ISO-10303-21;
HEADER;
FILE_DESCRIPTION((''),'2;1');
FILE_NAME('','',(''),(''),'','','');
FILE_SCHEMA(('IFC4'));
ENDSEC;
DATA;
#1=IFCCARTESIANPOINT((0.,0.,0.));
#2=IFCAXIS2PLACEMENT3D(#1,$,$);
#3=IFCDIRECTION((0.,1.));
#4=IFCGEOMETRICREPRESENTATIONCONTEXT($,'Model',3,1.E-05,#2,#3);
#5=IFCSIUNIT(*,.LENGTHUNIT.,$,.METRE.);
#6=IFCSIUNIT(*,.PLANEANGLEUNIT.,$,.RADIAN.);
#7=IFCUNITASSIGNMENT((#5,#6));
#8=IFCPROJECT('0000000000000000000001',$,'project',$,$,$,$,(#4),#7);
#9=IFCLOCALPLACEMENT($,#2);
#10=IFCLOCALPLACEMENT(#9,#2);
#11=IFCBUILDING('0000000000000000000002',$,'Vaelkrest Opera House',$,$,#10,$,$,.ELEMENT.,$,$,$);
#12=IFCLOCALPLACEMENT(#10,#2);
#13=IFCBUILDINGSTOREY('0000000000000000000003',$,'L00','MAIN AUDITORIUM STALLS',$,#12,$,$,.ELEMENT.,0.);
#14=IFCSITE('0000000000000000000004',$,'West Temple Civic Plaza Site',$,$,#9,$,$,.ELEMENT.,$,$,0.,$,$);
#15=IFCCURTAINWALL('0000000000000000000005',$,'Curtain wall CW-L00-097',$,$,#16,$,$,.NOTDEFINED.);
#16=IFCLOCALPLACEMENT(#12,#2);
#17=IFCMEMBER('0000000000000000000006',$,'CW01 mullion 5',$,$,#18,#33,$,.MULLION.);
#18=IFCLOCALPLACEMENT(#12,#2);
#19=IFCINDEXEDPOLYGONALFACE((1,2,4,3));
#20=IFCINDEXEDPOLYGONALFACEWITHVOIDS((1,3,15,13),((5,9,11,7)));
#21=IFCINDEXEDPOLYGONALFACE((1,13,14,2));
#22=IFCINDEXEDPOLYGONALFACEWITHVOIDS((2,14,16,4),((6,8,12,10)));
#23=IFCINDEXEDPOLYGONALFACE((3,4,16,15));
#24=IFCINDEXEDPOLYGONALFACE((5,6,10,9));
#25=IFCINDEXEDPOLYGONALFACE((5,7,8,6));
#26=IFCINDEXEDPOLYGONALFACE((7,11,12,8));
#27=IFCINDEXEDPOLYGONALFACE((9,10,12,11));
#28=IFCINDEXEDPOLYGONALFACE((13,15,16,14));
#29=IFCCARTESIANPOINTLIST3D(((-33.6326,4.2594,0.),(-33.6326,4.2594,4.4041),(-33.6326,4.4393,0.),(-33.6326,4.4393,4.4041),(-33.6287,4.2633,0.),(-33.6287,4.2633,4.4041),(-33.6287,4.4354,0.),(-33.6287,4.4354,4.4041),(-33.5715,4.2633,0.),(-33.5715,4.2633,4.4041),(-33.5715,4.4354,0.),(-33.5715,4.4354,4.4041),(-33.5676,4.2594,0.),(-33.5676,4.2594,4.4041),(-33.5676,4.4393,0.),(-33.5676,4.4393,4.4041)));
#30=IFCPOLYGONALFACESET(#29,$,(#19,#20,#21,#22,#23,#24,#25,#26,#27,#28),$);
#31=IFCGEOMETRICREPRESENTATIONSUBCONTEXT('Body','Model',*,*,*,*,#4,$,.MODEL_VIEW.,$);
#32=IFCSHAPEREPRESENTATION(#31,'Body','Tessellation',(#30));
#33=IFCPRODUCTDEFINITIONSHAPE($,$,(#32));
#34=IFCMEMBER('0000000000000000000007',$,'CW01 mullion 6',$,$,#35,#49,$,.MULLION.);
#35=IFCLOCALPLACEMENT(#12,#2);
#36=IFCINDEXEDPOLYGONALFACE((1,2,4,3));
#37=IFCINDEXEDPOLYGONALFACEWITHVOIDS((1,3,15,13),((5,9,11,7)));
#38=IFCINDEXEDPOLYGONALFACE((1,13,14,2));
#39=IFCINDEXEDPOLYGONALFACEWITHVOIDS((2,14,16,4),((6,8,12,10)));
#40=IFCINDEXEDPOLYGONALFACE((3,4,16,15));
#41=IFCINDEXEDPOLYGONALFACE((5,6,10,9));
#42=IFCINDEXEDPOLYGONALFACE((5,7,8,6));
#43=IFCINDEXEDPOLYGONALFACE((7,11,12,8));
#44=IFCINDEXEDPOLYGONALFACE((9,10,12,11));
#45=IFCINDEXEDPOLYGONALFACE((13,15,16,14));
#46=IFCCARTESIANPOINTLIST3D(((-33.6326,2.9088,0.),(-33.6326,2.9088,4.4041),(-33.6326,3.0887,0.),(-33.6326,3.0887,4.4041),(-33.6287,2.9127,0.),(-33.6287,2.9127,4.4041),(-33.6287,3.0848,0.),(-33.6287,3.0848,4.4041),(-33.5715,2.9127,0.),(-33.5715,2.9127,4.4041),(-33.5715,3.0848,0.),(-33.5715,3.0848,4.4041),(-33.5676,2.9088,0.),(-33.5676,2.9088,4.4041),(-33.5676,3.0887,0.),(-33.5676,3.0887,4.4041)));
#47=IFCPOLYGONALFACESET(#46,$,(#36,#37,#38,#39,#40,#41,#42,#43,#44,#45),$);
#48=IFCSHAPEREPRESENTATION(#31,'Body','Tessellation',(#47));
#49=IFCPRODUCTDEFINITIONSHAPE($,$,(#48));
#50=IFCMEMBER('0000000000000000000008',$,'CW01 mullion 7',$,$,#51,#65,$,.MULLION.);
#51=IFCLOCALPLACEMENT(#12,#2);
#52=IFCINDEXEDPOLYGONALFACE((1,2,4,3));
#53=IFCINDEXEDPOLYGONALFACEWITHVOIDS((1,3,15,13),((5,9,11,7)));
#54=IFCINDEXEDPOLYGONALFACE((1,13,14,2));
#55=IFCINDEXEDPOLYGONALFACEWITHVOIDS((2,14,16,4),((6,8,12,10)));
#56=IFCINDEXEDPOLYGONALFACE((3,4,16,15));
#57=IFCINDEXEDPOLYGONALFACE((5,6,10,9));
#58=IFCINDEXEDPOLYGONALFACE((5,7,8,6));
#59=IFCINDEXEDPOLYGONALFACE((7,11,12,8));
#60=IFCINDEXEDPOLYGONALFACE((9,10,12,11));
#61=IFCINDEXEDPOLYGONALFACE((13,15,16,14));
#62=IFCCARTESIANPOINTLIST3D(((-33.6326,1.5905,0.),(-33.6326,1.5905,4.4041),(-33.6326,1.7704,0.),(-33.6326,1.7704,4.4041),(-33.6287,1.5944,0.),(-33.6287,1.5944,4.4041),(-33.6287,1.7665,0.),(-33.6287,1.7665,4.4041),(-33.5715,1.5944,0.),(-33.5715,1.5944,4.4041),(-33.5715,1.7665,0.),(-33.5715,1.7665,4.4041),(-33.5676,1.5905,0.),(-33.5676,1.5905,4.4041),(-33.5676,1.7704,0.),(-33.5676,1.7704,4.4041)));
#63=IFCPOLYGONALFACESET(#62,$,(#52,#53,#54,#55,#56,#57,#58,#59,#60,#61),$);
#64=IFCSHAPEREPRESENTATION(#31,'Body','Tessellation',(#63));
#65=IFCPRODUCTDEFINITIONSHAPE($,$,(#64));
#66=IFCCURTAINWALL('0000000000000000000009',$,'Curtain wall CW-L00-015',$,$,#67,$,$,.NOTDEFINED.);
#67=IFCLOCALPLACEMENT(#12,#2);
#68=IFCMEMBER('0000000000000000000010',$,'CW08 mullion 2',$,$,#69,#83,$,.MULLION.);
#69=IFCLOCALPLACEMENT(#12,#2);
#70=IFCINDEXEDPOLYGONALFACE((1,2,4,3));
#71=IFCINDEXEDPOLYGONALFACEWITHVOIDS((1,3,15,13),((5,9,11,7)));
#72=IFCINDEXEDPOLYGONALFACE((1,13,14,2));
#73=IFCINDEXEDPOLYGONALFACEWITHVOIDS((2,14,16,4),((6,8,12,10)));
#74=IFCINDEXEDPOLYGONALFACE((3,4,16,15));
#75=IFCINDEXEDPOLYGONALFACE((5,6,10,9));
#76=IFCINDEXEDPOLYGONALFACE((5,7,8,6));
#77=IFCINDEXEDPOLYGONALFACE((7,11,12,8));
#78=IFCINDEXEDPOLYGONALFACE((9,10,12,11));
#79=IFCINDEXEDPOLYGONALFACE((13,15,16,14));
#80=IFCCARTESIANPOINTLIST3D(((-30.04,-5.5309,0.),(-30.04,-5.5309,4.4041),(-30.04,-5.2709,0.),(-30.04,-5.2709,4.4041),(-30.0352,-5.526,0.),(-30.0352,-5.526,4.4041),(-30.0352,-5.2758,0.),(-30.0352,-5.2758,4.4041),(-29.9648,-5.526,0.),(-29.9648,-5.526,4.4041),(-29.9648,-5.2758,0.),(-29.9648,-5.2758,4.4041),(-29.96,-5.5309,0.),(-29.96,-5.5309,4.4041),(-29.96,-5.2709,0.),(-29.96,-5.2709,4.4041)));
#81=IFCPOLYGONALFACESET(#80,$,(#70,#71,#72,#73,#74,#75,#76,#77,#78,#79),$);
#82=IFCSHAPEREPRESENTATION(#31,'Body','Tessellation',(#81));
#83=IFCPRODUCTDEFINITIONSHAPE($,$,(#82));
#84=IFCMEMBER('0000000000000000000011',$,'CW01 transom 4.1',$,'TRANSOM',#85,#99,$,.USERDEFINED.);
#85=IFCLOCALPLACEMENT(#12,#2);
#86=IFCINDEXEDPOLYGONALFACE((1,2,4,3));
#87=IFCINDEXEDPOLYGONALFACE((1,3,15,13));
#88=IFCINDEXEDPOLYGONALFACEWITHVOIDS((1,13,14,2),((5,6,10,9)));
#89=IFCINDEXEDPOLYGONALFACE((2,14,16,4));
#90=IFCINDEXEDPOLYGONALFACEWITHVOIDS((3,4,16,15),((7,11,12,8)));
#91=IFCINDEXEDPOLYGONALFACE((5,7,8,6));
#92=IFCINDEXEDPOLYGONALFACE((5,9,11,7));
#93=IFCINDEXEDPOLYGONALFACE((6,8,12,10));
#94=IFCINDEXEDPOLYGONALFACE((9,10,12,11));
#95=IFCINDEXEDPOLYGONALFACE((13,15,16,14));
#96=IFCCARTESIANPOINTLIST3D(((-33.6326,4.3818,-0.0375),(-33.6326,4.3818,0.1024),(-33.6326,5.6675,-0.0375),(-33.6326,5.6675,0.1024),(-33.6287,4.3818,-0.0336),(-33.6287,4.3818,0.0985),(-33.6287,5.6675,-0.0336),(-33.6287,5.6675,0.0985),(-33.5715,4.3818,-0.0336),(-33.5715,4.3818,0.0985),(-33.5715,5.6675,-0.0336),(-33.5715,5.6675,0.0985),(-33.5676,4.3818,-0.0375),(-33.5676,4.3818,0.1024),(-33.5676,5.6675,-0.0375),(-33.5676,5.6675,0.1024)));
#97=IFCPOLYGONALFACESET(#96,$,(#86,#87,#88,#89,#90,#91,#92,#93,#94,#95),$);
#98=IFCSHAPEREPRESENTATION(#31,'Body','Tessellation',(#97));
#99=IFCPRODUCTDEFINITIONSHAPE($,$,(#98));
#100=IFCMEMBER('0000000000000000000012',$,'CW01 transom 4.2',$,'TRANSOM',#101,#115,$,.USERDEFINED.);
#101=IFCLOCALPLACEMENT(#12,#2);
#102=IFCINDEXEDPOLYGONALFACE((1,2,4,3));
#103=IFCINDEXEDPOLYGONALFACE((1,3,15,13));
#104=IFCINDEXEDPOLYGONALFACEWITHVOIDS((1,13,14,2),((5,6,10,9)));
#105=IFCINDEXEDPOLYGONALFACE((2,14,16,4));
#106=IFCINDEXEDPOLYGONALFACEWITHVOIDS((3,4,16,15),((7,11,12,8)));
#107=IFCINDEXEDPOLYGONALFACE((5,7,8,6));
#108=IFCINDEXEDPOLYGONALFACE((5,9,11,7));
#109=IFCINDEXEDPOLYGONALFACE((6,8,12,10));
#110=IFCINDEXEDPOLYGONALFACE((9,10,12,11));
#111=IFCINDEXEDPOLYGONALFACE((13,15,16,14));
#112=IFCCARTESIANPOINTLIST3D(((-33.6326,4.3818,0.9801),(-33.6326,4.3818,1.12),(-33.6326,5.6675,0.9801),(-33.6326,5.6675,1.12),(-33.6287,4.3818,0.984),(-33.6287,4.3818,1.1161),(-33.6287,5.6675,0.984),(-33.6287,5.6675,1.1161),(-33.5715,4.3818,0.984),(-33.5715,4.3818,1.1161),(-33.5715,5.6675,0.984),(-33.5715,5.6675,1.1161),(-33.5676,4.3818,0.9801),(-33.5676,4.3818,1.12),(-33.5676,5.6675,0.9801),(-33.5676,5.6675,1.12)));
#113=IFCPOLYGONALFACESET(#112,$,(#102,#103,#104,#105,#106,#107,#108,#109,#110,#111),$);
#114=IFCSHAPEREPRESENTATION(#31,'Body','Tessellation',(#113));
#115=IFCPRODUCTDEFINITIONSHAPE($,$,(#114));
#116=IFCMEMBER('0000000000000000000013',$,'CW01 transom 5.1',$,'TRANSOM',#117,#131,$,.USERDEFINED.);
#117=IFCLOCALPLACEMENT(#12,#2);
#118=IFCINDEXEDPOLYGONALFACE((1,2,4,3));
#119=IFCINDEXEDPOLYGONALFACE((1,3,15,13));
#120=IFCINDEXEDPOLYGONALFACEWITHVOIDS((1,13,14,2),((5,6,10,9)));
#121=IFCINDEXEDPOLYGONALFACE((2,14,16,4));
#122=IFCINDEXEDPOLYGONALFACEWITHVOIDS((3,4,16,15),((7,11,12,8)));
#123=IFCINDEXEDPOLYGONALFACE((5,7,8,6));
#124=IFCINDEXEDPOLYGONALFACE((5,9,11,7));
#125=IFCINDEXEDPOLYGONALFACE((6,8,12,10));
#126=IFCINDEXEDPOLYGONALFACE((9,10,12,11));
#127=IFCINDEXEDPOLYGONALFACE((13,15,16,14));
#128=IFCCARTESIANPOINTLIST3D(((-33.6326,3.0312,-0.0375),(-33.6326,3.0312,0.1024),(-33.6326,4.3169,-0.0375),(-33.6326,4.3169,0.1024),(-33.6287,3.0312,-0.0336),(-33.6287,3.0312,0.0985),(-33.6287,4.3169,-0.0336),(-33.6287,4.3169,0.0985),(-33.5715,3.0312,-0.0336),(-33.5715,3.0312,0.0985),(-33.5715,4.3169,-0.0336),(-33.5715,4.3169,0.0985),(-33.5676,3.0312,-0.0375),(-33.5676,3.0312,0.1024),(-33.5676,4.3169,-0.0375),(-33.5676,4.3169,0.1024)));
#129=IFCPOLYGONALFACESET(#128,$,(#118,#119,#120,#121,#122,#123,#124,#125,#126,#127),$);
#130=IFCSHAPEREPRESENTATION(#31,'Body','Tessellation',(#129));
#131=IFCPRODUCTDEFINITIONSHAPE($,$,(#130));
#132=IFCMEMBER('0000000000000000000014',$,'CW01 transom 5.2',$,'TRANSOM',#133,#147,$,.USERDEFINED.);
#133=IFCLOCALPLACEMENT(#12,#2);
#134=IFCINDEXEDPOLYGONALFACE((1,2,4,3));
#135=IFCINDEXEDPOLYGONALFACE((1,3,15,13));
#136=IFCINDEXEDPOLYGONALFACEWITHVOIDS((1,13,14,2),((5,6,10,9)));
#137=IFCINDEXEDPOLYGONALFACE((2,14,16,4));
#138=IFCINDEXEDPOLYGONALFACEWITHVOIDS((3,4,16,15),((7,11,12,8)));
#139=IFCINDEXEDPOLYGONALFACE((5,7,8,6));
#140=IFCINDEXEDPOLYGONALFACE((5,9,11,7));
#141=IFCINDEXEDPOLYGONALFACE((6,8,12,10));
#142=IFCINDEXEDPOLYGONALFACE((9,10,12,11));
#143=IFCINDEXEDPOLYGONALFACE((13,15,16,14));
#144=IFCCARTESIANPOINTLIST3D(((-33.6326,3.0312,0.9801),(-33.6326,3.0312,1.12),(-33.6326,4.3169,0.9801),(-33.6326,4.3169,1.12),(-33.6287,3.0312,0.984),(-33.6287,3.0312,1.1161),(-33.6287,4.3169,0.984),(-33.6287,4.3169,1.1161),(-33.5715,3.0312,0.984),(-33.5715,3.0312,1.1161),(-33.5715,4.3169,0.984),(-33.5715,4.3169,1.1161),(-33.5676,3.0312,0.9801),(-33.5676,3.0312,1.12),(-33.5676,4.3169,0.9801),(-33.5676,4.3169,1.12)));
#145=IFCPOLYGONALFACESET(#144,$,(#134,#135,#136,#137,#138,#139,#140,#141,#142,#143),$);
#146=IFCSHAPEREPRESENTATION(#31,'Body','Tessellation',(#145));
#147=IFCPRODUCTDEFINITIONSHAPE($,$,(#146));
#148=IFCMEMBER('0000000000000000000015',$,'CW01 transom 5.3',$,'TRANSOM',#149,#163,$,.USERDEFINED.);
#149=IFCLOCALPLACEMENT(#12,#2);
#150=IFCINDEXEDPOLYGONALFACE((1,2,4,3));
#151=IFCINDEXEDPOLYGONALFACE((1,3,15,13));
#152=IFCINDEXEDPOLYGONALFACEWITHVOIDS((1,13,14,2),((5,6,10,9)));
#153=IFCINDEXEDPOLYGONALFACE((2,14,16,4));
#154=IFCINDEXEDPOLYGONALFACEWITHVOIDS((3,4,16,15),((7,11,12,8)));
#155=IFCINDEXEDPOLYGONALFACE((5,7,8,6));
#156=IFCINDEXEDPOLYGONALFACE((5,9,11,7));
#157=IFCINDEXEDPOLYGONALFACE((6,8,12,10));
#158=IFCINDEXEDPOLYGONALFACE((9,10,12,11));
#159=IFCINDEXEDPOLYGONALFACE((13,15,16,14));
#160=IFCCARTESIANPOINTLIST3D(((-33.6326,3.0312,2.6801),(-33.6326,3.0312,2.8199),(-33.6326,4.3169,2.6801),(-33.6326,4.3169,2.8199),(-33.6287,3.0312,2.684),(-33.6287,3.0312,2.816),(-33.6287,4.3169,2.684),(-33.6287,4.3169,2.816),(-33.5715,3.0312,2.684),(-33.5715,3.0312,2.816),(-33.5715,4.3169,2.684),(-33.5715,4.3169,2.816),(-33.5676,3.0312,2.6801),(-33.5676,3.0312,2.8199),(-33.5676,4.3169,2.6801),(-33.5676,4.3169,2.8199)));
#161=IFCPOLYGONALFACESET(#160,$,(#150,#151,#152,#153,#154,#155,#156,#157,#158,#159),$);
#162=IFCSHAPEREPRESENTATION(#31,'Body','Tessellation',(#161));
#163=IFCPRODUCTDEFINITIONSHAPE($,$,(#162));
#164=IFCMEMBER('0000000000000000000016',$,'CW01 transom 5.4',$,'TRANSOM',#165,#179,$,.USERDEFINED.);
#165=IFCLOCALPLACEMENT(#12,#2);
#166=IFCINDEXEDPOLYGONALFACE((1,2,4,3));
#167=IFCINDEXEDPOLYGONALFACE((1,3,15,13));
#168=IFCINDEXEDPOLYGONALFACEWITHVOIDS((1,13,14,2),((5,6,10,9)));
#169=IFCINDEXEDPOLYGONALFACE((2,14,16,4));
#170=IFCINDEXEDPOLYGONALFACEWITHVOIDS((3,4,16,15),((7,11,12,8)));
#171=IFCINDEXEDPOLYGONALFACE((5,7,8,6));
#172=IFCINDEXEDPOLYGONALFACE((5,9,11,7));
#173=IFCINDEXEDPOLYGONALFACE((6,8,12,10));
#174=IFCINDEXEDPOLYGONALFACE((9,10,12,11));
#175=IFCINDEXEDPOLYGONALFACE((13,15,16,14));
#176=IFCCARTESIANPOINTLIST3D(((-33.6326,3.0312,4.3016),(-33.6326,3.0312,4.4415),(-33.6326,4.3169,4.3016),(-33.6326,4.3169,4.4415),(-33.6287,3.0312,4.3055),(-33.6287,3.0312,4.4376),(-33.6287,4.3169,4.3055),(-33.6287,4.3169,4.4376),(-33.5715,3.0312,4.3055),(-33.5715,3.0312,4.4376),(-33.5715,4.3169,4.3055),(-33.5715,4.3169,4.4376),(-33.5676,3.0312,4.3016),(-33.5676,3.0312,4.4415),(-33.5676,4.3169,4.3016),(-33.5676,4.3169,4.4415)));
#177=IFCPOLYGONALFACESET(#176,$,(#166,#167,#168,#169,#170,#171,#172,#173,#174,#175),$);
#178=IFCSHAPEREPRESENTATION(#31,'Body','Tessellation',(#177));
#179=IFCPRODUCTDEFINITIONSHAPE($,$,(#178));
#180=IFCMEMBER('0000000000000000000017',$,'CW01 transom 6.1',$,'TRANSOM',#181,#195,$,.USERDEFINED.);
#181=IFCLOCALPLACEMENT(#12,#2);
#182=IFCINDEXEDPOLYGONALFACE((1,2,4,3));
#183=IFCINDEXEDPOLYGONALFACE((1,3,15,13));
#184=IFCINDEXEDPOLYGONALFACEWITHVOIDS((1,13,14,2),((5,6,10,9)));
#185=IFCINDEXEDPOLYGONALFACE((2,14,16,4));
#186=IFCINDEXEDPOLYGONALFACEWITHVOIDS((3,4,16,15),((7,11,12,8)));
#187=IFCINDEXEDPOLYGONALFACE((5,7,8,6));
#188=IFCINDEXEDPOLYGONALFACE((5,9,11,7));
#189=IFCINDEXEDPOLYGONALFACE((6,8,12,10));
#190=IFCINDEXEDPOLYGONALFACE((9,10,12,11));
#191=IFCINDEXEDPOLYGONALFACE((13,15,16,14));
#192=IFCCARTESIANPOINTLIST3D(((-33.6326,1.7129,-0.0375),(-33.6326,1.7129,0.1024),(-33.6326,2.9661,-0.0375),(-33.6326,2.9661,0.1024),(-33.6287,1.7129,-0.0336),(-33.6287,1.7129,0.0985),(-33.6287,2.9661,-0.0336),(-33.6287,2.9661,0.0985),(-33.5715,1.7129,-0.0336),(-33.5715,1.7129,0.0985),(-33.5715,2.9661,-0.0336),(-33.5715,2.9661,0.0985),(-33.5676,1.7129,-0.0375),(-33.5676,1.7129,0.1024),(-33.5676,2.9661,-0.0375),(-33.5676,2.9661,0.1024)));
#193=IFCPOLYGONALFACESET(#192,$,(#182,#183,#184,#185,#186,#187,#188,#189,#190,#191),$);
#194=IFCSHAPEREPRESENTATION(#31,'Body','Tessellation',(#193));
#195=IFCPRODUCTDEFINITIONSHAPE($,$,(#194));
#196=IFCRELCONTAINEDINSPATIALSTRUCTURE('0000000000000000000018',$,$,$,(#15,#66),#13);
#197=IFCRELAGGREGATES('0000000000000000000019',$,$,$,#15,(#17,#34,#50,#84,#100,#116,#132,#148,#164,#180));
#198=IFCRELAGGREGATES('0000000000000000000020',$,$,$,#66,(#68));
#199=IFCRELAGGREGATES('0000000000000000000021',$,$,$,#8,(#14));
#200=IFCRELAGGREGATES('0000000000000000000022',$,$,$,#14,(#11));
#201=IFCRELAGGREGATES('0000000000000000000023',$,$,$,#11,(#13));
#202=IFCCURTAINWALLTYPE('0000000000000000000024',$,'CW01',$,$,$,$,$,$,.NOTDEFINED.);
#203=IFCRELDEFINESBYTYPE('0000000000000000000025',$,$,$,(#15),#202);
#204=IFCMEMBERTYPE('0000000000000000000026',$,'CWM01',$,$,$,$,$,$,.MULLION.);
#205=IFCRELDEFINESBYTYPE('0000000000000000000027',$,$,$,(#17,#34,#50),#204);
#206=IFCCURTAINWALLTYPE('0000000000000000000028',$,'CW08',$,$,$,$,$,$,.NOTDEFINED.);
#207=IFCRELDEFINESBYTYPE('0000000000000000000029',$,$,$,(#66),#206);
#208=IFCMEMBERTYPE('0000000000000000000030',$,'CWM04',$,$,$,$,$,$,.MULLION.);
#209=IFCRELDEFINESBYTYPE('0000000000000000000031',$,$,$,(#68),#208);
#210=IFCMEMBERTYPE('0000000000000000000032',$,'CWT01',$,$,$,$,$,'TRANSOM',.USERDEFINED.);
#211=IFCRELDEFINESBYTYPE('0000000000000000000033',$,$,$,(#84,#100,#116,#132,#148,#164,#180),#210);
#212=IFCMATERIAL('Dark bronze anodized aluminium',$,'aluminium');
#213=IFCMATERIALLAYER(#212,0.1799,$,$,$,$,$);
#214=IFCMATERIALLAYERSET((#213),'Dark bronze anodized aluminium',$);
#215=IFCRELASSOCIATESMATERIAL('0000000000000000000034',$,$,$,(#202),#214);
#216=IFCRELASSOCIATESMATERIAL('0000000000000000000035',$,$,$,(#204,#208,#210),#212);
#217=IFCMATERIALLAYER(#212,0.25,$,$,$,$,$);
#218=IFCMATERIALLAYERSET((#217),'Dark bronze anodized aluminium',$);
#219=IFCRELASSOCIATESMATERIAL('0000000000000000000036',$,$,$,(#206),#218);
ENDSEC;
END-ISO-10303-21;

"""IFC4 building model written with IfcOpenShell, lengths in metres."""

from ifc_helpers import new_model, si_unit, direction, frame, origin, origin_2d, place, context, subcontext, project, spatial, hollow_rectangle, extrude, material, layer, layer_set, material_profile, profile_set, type_object, element, aggregate, save


model = new_model("IFC4")

# Units and contexts
model_context = context("Model", 3, precision=1e-05, world=origin(), true_north=direction((0.0, 1.0)))
body_context = subcontext(model_context, "Body", "Model", "MODEL_VIEW")
ifc_project = project(units=[si_unit("LENGTHUNIT", "METRE"), si_unit("PLANEANGLEUNIT", "RADIAN")], contexts=[model_context])

# Site, building, storey
site_placement = place(None, origin())
site = spatial("IfcSite", under=ifc_project, at=site_placement, Name="West Temple Civic Plaza Site", CompositionType="ELEMENT", RefElevation=0.0)
building_placement = place(site_placement, origin())
building = spatial("IfcBuilding", under=site, at=building_placement, Name="Vaelkrest Opera House", CompositionType="ELEMENT")
storey_placement = place(building_placement, origin())
storey = spatial("IfcBuildingStorey", under=building, at=storey_placement, Name="L00", Description="MAIN AUDITORIUM STALLS", CompositionType="ELEMENT", Elevation=0.0)

# Curtain wall, members
ifc_material_1 = material(Name="Dark bronze anodized aluminium", Category="aluminium")
ifc_layer_1 = layer(ifc_material_1, 0.1799)
ifc_layer_set_1 = layer_set([ifc_layer_1], Name="Dark bronze anodized aluminium")
curtain_wall_type_1 = type_object("IfcCurtainWallType", Name="CW01", PredefinedType="NOTDEFINED", material=ifc_layer_set_1)
curtain_wall_1_placement = place(storey_placement, origin())
curtain_wall_1 = element("IfcCurtainWall", 1, at=curtain_wall_1_placement, inside=storey, type_object=curtain_wall_type_1, Name="Curtain wall CW-L00-097", PredefinedType="NOTDEFINED")
ifc_material_profile_1 = material_profile(ifc_material_1, hollow_rectangle(XDim=0.0649, YDim=0.1799, WallThickness=0.0039, at=origin_2d()), Name="CWM65X180")
ifc_profile_set_1 = profile_set([ifc_material_profile_1], Name="Dark bronze anodized aluminium")
member_type_1 = type_object("IfcMemberType", Name="CWM01", PredefinedType="MULLION", material=ifc_profile_set_1)
member_1_placement = place(storey_placement, frame((-33.6001, 4.3494, 0.0), z_axis=(0.0, 0.0, 1.0), x_axis=(1.0, 0.0, 0.0)))
member_1 = element("IfcMember", 2, at=member_1_placement, type_object=member_type_1, Name="CW01 mullion 5", PredefinedType="MULLION", context=body_context, shape_type="SweptSolid", body=[
    extrude(hollow_rectangle(XDim=0.0649, YDim=0.1799, WallThickness=0.0039, at=origin_2d()), origin(), (0.0, 0.0, 1.0), 4.4041),
])
member_2_placement = place(storey_placement, frame((-33.6001, 2.9988, 0.0), z_axis=(0.0, 0.0, 1.0), x_axis=(1.0, 0.0, 0.0)))
member_2 = element("IfcMember", 3, at=member_2_placement, type_object=member_type_1, Name="CW01 mullion 6", PredefinedType="MULLION", context=body_context, shape_type="SweptSolid", body=[
    extrude(hollow_rectangle(XDim=0.0649, YDim=0.1799, WallThickness=0.0039, at=origin_2d()), origin(), (0.0, 0.0, 1.0), 4.4041),
])
member_3_placement = place(storey_placement, frame((-33.6001, 1.6804, 0.0), z_axis=(0.0, 0.0, 1.0), x_axis=(1.0, 0.0, 0.0)))
member_3 = element("IfcMember", 4, at=member_3_placement, type_object=member_type_1, Name="CW01 mullion 7", PredefinedType="MULLION", context=body_context, shape_type="SweptSolid", body=[
    extrude(hollow_rectangle(XDim=0.0649, YDim=0.1799, WallThickness=0.0039, at=origin_2d()), origin(), (0.0, 0.0, 1.0), 4.4041),
])

# Curtain wall, member
ifc_layer_2 = layer(ifc_material_1, 0.25)
ifc_layer_set_2 = layer_set([ifc_layer_2], Name="Dark bronze anodized aluminium")
curtain_wall_type_2 = type_object("IfcCurtainWallType", Name="CW08", PredefinedType="NOTDEFINED", material=ifc_layer_set_2)
curtain_wall_2_placement = place(storey_placement, origin())
curtain_wall_2 = element("IfcCurtainWall", 5, at=curtain_wall_2_placement, inside=storey, type_object=curtain_wall_type_2, Name="Curtain wall CW-L00-015", PredefinedType="NOTDEFINED")
ifc_material_profile_2 = material_profile(ifc_material_1, hollow_rectangle(XDim=0.0801, YDim=0.26, WallThickness=0.0049, at=origin_2d()), Name="CWM80X260")
ifc_profile_set_2 = profile_set([ifc_material_profile_2], Name="Dark bronze anodized aluminium")
member_type_2 = type_object("IfcMemberType", Name="CWM04", PredefinedType="MULLION", material=ifc_profile_set_2)
member_4_placement = place(storey_placement, frame((-30.0, -5.4009, 0.0), z_axis=(0.0, 0.0, 1.0), x_axis=(-1.0, 0.0, 0.0)))
member_4 = element("IfcMember", 6, at=member_4_placement, type_object=member_type_2, Name="CW08 mullion 2", PredefinedType="MULLION", context=body_context, shape_type="SweptSolid", body=[
    extrude(hollow_rectangle(XDim=0.0801, YDim=0.26, WallThickness=0.0049, at=origin_2d()), origin(), (0.0, 0.0, 1.0), 4.4041),
])

# Members
ifc_material_profile_3 = material_profile(ifc_material_1, hollow_rectangle(XDim=0.0649, YDim=0.1399, WallThickness=0.0039, at=origin_2d()), Name="CWT65X140")
ifc_profile_set_3 = profile_set([ifc_material_profile_3], Name="Dark bronze anodized aluminium")
member_type_3 = type_object("IfcMemberType", Name="CWT01", ElementType="TRANSOM", PredefinedType="USERDEFINED", material=ifc_profile_set_3)
member_5_placement = place(storey_placement, frame((-33.6001, 5.6675, 0.0325), z_axis=(0.0, -1.0, 0.0), x_axis=(1.0, 0.0, 0.0)))
member_5 = element("IfcMember", 7, at=member_5_placement, type_object=member_type_3, Name="CW01 transom 4.1", ObjectType="TRANSOM", PredefinedType="USERDEFINED", context=body_context, shape_type="SweptSolid", body=[
    extrude(hollow_rectangle(XDim=0.0649, YDim=0.1399, WallThickness=0.0039, at=origin_2d()), origin(), (0.0, 0.0, 1.0), 1.2856),
])
member_6_placement = place(storey_placement, frame((-33.6001, 5.6675, 1.05), z_axis=(0.0, -1.0, 0.0), x_axis=(1.0, 0.0, 0.0)))
member_6 = element("IfcMember", 8, at=member_6_placement, type_object=member_type_3, Name="CW01 transom 4.2", ObjectType="TRANSOM", PredefinedType="USERDEFINED", context=body_context, shape_type="SweptSolid", body=[
    extrude(hollow_rectangle(XDim=0.0649, YDim=0.1399, WallThickness=0.0039, at=origin_2d()), origin(), (0.0, 0.0, 1.0), 1.2856),
])
member_7_placement = place(storey_placement, frame((-33.6001, 4.3169, 0.0325), z_axis=(0.0, -1.0, 0.0), x_axis=(1.0, 0.0, 0.0)))
member_7 = element("IfcMember", 9, at=member_7_placement, type_object=member_type_3, Name="CW01 transom 5.1", ObjectType="TRANSOM", PredefinedType="USERDEFINED", context=body_context, shape_type="SweptSolid", body=[
    extrude(hollow_rectangle(XDim=0.0649, YDim=0.1399, WallThickness=0.0039, at=origin_2d()), origin(), (0.0, 0.0, 1.0), 1.2856),
])
member_8_placement = place(storey_placement, frame((-33.6001, 4.3169, 1.05), z_axis=(0.0, -1.0, 0.0), x_axis=(1.0, 0.0, 0.0)))
member_8 = element("IfcMember", 10, at=member_8_placement, type_object=member_type_3, Name="CW01 transom 5.2", ObjectType="TRANSOM", PredefinedType="USERDEFINED", context=body_context, shape_type="SweptSolid", body=[
    extrude(hollow_rectangle(XDim=0.0649, YDim=0.1399, WallThickness=0.0039, at=origin_2d()), origin(), (0.0, 0.0, 1.0), 1.2856),
])
member_9_placement = place(storey_placement, frame((-33.6001, 4.3169, 2.75), z_axis=(0.0, -1.0, 0.0), x_axis=(1.0, 0.0, 0.0)))
member_9 = element("IfcMember", 11, at=member_9_placement, type_object=member_type_3, Name="CW01 transom 5.3", ObjectType="TRANSOM", PredefinedType="USERDEFINED", context=body_context, shape_type="SweptSolid", body=[
    extrude(hollow_rectangle(XDim=0.0649, YDim=0.1399, WallThickness=0.0039, at=origin_2d()), origin(), (0.0, 0.0, 1.0), 1.2856),
])
member_10_placement = place(storey_placement, frame((-33.6001, 4.3169, 4.3716), z_axis=(0.0, -1.0, 0.0), x_axis=(1.0, 0.0, 0.0)))
member_10 = element("IfcMember", 12, at=member_10_placement, type_object=member_type_3, Name="CW01 transom 5.4", ObjectType="TRANSOM", PredefinedType="USERDEFINED", context=body_context, shape_type="SweptSolid", body=[
    extrude(hollow_rectangle(XDim=0.0649, YDim=0.1399, WallThickness=0.0039, at=origin_2d()), origin(), (0.0, 0.0, 1.0), 1.2856),
])
member_11_placement = place(storey_placement, frame((-33.6001, 2.9661, 0.0325), z_axis=(0.0, -1.0, 0.0), x_axis=(1.0, 0.0, 0.0)))
member_11 = element("IfcMember", 13, at=member_11_placement, type_object=member_type_3, Name="CW01 transom 6.1", ObjectType="TRANSOM", PredefinedType="USERDEFINED", context=body_context, shape_type="SweptSolid", body=[
    extrude(hollow_rectangle(XDim=0.0649, YDim=0.1399, WallThickness=0.0039, at=origin_2d()), origin(), (0.0, 0.0, 1.0), 1.2532),
])

aggregate(curtain_wall_1, [member_1, member_2, member_3, member_5, member_6, member_7, member_8, member_9, member_10, member_11])
aggregate(curtain_wall_2, [member_4])

save(model, "model.ifc")
